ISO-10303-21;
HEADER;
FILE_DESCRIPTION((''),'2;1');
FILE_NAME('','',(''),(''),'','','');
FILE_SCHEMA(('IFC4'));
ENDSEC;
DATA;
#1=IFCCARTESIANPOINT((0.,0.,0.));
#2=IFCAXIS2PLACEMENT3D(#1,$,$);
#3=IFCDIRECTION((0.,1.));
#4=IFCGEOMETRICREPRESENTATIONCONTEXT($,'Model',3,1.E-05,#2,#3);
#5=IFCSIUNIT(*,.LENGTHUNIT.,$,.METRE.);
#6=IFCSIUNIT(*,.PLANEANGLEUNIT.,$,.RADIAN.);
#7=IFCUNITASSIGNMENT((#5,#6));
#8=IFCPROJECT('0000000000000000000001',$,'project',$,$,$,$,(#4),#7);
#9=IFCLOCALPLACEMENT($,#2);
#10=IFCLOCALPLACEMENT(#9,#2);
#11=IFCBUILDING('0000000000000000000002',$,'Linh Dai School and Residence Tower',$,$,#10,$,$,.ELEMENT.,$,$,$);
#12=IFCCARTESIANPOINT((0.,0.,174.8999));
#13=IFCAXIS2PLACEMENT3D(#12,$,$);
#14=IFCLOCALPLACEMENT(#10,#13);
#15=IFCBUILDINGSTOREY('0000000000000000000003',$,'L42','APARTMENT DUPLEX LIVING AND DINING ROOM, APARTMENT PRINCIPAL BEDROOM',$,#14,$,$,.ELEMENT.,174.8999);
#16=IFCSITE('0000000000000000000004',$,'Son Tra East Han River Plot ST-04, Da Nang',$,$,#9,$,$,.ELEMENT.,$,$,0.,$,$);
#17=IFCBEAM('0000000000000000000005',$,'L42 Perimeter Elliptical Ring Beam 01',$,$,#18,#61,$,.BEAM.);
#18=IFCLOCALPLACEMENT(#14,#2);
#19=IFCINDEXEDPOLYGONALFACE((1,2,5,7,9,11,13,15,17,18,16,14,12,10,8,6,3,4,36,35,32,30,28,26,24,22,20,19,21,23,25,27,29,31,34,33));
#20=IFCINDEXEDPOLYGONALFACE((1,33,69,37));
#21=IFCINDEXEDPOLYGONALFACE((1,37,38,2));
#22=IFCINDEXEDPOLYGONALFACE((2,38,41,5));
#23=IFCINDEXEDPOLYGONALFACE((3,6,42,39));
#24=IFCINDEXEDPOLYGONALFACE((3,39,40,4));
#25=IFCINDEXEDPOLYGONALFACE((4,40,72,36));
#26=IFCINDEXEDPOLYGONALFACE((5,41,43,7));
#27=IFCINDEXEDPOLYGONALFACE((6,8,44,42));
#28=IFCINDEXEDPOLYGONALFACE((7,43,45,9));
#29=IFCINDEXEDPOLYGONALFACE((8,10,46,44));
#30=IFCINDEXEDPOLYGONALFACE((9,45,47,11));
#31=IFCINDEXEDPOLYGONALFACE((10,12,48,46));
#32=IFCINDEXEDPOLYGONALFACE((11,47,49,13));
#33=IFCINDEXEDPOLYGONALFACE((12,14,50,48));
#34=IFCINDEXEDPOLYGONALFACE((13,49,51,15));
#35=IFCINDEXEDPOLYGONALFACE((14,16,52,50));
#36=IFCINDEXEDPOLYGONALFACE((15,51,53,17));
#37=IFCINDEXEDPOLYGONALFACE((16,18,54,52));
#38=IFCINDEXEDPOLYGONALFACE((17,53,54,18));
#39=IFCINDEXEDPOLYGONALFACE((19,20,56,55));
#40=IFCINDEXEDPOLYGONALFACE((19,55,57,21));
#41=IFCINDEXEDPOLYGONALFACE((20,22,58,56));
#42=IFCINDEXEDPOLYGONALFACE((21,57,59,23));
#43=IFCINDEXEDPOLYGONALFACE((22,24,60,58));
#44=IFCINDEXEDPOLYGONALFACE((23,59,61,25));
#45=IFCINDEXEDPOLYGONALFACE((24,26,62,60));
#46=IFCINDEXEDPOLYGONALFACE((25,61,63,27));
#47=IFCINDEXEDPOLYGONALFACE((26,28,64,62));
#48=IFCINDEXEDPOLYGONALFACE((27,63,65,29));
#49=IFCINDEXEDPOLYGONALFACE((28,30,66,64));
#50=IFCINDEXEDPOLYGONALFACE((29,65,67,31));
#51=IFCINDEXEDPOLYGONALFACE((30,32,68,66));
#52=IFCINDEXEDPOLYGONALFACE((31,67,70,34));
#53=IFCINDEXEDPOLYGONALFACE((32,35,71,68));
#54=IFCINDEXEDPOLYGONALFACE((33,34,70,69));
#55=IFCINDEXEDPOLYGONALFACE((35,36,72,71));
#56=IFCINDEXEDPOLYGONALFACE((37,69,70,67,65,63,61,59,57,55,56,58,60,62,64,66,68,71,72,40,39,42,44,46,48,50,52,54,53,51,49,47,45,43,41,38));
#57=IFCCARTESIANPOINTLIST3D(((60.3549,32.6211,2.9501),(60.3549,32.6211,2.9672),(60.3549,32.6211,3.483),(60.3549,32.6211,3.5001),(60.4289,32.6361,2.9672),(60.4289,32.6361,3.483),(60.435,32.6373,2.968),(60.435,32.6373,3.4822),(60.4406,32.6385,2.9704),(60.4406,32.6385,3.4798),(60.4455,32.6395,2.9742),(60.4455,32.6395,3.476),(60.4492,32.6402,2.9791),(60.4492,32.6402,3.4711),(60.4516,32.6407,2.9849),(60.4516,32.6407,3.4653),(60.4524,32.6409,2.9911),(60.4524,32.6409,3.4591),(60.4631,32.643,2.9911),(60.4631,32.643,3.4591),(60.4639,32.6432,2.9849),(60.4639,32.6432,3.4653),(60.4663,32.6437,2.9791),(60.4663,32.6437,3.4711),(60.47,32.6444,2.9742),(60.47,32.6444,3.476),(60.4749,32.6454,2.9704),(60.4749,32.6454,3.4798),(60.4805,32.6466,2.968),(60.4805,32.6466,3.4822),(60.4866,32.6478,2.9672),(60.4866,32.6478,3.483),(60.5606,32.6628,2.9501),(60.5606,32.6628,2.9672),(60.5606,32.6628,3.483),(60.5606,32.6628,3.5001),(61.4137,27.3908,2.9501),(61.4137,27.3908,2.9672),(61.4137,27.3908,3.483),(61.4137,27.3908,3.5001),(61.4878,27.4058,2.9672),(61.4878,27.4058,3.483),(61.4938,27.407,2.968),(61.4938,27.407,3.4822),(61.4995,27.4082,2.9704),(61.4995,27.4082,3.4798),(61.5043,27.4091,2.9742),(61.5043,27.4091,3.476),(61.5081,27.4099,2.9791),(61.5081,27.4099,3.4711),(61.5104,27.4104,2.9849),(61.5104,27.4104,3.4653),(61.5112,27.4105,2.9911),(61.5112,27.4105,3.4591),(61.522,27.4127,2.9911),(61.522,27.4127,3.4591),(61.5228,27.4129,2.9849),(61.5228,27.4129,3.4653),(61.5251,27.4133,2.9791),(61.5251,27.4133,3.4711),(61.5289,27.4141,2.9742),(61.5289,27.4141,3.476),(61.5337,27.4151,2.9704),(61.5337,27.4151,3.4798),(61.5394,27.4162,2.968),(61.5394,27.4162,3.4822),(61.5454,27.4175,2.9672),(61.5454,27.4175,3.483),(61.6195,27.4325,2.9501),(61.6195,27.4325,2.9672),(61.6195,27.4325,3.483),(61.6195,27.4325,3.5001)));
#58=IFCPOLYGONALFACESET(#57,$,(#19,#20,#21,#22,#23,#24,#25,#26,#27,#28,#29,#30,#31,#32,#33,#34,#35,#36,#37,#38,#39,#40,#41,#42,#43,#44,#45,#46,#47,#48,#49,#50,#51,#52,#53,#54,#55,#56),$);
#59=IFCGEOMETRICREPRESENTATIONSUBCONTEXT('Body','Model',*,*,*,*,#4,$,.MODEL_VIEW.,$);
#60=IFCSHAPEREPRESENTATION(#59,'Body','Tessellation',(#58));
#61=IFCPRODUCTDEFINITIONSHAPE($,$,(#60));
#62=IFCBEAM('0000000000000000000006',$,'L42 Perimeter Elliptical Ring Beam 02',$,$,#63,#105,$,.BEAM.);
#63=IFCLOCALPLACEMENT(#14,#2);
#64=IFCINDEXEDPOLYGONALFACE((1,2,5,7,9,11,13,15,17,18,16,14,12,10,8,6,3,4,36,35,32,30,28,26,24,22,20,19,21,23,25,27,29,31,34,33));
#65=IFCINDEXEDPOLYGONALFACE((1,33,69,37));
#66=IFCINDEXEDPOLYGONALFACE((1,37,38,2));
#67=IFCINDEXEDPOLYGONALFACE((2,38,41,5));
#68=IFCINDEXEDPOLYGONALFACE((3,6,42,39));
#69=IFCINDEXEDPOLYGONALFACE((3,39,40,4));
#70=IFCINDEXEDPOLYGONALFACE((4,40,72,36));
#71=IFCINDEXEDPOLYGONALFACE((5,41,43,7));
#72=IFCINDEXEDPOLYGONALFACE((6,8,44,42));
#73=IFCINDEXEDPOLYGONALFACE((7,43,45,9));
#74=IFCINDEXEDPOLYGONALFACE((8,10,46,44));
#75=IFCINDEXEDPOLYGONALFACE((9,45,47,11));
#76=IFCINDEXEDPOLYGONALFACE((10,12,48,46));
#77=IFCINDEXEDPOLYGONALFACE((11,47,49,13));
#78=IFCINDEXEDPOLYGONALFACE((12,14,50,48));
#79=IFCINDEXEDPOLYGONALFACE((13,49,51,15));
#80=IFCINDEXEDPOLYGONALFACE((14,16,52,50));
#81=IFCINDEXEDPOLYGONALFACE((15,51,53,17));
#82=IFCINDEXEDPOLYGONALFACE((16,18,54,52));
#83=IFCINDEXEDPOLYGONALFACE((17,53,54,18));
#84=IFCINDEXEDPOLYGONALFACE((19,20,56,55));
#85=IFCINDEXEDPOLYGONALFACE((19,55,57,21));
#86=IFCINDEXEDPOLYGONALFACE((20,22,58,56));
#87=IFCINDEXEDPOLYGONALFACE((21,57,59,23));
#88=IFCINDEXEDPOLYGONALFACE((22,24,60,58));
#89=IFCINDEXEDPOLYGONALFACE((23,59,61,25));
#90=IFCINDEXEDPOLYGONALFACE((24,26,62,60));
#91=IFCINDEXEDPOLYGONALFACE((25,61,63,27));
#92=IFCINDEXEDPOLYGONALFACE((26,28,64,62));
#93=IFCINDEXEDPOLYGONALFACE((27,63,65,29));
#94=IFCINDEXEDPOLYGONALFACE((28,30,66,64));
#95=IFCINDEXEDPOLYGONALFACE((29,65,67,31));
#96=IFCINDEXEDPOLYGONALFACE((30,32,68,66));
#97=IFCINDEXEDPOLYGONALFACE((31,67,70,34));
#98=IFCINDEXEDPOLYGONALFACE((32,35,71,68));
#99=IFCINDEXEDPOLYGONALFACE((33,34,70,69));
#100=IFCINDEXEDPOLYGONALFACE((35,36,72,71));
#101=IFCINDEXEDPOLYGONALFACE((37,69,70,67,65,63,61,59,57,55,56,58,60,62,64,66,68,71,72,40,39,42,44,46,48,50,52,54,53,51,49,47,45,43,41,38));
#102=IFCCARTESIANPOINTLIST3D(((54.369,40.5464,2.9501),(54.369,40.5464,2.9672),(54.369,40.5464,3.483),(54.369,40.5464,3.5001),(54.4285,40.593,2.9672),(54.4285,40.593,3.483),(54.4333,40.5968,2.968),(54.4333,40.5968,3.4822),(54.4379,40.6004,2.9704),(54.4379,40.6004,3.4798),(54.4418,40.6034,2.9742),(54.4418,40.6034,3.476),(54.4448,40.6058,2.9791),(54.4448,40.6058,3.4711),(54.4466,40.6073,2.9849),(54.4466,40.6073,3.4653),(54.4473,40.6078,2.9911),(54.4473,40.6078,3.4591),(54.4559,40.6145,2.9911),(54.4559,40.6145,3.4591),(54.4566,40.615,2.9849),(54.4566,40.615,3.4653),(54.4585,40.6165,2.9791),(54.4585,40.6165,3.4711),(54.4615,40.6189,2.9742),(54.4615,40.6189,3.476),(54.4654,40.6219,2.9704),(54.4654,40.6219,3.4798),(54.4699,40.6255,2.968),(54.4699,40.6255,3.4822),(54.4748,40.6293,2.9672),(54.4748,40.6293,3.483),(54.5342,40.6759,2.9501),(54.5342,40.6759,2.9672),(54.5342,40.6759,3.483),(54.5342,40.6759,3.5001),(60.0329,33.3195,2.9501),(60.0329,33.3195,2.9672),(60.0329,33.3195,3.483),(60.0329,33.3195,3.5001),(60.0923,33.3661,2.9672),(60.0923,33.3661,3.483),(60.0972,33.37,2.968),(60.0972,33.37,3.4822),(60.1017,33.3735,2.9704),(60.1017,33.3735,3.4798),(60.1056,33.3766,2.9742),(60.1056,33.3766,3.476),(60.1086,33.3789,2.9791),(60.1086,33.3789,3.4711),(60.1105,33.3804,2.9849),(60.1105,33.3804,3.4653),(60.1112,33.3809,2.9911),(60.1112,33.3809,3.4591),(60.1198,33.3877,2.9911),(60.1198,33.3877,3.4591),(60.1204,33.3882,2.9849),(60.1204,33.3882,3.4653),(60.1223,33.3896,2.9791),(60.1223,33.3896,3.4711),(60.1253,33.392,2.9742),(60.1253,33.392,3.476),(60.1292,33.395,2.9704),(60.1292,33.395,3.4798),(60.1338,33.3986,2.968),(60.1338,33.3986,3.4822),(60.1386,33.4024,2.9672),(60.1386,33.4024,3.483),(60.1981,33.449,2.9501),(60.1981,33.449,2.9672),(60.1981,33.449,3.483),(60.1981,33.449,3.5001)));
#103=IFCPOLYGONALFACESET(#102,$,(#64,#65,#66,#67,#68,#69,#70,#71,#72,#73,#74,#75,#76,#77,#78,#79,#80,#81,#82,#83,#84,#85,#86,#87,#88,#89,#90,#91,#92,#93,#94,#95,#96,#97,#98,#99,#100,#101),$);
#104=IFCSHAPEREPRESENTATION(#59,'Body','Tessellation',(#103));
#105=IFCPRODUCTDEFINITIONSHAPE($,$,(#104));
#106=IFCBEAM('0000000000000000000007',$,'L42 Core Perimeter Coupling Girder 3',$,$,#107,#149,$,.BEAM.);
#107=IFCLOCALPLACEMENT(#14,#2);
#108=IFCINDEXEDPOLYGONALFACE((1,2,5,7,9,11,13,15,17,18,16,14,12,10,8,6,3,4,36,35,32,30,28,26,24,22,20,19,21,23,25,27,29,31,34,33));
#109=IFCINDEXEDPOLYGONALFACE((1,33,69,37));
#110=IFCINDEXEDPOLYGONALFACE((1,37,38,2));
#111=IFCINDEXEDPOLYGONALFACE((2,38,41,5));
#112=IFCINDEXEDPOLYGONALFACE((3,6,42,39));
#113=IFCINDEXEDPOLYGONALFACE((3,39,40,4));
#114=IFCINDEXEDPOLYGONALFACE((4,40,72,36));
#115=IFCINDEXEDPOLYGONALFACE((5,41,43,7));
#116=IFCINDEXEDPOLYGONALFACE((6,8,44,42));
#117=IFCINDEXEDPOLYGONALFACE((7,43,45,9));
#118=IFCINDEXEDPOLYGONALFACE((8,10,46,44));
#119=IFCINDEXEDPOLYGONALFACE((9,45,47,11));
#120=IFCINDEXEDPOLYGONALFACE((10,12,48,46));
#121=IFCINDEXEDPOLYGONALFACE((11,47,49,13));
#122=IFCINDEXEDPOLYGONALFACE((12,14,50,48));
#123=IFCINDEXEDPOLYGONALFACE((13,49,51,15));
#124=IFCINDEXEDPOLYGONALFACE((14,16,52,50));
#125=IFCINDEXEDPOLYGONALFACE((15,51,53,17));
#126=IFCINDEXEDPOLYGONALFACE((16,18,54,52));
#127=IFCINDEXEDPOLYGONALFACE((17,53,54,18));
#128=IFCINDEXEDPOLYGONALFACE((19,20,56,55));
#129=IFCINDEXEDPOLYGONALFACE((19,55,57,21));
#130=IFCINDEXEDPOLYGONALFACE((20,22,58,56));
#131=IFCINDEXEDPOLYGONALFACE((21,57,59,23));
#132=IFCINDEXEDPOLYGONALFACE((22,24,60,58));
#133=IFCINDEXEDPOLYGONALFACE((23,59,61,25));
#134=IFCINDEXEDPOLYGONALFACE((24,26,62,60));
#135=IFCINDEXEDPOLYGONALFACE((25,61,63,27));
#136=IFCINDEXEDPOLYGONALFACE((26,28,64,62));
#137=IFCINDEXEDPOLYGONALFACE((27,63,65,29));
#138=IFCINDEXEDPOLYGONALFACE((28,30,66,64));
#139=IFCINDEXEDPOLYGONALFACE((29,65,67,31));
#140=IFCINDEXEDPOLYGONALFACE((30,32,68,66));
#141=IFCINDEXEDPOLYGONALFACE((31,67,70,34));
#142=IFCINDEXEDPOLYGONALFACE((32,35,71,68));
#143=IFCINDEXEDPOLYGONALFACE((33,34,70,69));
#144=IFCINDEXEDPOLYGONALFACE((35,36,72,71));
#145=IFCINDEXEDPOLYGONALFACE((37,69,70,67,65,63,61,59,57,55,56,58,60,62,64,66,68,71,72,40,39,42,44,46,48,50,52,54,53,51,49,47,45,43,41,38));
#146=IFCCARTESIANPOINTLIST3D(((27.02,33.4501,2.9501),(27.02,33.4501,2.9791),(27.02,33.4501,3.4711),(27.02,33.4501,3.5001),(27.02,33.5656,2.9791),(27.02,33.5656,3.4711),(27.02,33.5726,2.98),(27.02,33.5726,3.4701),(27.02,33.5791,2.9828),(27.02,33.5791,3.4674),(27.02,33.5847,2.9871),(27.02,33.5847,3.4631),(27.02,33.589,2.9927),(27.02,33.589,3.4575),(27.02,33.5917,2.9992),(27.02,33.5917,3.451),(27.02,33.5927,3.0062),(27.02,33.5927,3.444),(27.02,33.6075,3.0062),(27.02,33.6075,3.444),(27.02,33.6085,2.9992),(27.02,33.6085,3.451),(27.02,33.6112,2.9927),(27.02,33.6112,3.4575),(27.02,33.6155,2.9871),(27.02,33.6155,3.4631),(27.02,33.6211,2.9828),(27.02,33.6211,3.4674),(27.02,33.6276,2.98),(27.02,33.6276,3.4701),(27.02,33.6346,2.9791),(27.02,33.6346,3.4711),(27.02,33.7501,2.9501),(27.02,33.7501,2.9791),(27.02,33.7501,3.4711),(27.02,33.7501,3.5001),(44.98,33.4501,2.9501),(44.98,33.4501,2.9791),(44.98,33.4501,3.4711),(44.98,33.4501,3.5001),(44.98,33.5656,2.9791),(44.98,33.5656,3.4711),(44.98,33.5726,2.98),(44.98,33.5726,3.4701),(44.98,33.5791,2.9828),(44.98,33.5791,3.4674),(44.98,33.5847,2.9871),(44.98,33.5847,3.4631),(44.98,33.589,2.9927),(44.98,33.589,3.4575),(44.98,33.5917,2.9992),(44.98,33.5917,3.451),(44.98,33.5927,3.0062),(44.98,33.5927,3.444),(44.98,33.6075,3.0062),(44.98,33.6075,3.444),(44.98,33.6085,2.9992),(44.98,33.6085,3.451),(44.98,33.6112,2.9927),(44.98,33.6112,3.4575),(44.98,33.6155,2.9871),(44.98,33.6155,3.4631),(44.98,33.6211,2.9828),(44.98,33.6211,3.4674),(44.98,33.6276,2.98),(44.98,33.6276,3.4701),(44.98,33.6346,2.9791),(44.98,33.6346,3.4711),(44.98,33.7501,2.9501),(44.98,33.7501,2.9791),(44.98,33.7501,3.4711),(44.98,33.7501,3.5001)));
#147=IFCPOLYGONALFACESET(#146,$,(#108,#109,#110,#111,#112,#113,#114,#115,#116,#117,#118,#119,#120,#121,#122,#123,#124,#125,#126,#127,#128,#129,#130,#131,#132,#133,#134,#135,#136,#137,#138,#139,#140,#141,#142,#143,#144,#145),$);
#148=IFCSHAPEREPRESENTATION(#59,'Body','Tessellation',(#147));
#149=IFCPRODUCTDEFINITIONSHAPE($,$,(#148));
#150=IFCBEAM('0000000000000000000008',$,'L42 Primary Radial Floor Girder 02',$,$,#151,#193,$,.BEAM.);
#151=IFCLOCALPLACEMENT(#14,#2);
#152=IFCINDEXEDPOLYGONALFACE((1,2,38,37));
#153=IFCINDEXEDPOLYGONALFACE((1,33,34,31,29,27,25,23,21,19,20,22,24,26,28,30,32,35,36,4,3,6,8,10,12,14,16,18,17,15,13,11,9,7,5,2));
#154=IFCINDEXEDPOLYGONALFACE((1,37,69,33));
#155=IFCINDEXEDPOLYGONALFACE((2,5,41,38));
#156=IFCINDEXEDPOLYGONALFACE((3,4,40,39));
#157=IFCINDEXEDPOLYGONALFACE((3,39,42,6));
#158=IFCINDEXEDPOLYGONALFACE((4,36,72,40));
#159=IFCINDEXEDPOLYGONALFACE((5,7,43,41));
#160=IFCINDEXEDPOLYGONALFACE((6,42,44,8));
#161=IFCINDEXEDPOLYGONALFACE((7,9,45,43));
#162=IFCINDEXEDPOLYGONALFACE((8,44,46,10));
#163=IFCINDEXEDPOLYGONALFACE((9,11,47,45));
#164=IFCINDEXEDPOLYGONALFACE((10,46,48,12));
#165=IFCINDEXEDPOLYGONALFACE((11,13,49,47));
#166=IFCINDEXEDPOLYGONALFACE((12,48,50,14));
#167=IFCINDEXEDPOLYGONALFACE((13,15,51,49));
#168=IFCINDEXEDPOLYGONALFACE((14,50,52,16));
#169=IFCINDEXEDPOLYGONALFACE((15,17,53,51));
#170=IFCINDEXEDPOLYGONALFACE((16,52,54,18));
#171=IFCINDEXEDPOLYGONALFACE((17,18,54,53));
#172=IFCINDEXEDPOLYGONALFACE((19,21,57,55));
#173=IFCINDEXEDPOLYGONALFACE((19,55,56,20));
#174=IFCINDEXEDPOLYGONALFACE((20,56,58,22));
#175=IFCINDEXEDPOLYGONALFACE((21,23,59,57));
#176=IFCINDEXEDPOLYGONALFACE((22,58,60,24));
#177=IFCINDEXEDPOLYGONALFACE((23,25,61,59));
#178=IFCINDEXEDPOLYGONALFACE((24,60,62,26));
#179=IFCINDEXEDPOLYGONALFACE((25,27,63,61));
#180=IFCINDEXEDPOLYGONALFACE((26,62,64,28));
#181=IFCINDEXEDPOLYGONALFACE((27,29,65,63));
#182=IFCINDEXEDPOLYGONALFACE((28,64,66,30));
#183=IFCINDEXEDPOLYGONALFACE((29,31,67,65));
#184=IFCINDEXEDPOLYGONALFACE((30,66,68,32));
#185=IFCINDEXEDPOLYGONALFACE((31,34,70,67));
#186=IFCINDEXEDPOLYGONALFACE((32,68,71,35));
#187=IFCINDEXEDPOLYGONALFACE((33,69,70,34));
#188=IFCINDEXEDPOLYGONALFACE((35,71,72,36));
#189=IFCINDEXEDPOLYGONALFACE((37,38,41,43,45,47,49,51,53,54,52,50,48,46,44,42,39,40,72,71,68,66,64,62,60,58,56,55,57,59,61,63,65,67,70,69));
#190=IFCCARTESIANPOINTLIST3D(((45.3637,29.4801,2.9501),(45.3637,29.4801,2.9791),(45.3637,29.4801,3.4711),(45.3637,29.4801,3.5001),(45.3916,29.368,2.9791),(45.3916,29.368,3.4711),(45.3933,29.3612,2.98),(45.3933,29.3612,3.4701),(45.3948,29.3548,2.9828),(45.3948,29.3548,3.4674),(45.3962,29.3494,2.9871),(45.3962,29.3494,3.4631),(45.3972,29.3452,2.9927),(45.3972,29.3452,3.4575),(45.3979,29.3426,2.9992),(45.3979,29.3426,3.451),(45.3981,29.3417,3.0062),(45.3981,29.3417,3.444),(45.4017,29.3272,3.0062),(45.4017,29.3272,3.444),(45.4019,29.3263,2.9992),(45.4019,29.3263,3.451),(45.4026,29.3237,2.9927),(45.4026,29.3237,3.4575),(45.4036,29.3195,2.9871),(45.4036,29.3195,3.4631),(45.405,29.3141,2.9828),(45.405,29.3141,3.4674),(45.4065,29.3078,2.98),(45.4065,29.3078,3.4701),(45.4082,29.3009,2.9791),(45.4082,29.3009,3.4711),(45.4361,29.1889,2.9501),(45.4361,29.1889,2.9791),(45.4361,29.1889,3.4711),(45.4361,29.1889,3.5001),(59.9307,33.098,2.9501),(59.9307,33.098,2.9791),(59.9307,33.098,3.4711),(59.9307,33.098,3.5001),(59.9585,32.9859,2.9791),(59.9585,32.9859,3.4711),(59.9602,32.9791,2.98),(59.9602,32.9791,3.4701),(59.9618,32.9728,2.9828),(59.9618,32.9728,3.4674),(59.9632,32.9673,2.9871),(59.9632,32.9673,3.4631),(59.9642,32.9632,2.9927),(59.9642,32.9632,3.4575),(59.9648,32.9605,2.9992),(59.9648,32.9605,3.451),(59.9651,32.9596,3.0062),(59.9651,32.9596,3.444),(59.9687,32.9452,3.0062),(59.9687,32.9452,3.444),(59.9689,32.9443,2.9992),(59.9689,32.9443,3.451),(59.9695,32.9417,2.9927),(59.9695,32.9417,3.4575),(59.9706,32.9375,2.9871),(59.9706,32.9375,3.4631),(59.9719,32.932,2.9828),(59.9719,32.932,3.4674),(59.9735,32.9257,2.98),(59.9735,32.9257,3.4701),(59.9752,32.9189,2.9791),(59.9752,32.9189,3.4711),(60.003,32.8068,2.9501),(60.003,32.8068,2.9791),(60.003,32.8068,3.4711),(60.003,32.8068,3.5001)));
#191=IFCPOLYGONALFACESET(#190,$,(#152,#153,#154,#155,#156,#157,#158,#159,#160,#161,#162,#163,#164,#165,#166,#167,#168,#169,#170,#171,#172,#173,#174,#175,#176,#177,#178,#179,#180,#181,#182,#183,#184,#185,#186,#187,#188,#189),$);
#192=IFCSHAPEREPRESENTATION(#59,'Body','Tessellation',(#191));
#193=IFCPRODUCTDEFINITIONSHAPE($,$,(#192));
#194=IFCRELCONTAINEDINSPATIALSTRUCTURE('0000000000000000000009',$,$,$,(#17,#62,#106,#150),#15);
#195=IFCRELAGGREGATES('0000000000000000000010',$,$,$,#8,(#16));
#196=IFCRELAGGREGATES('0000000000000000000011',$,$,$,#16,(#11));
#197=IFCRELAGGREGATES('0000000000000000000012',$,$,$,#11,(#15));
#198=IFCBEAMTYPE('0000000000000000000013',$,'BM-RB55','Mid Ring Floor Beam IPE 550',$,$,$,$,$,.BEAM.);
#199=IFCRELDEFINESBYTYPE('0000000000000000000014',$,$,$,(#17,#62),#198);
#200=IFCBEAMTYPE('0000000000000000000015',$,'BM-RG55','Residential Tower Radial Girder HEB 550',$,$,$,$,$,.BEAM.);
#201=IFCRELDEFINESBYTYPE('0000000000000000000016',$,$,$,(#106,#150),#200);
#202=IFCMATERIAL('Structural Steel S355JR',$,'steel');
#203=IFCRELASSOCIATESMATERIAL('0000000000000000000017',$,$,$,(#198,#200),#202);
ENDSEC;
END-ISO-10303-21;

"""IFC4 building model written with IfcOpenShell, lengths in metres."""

from ifc_helpers import new_model, si_unit, direction, frame, origin, origin_2d, place, context, subcontext, project, spatial, i_section, extrude, material, material_profile, profile_set, type_object, element, save


model = new_model("IFC4")

# Units and contexts
model_context = context("Model", 3, precision=1e-05, world=origin(), true_north=direction((0.0, 1.0)))
body_context = subcontext(model_context, "Body", "Model", "MODEL_VIEW")
ifc_project = project(units=[si_unit("LENGTHUNIT", "METRE"), si_unit("PLANEANGLEUNIT", "RADIAN")], contexts=[model_context])

# Site, building, storey
site_placement = place(None, origin())
site = spatial("IfcSite", under=ifc_project, at=site_placement, Name="Son Tra East Han River Plot ST-04, Da Nang", CompositionType="ELEMENT", RefElevation=0.0)
building_placement = place(site_placement, origin())
building = spatial("IfcBuilding", under=site, at=building_placement, Name="Linh Dai School and Residence Tower", CompositionType="ELEMENT")
storey_placement = place(building_placement, frame((0.0, 0.0, 174.8999)))
storey = spatial("IfcBuildingStorey", under=building, at=storey_placement, Name="L42", Description="APARTMENT DUPLEX LIVING AND DINING ROOM, APARTMENT PRINCIPAL BEDROOM", CompositionType="ELEMENT", Elevation=174.8999)

# Shared definitions
ifc_material_1 = material(Name="Structural Steel S355JR", Category="steel")

# Beams
ifc_material_profile_1 = material_profile(ifc_material_1, i_section(OverallWidth=0.21, OverallDepth=0.55, WebThickness=0.011, FlangeThickness=0.0171, FilletRadius=0.0239, at=origin_2d()), Name="IPE 550")
ifc_profile_set_1 = profile_set([ifc_material_profile_1], Name="Structural Steel S355JR")
beam_type_1 = type_object("IfcBeamType", Name="BM-RB55", Description="Mid Ring Floor Beam IPE 550", PredefinedType="BEAM", material=ifc_profile_set_1)
beam_1_placement = place(storey_placement, frame((61.5166, 27.4116, 3.2251), z_axis=(-0.198421, 0.980117, 0.0), x_axis=(-0.980117, -0.198421, 0.0)))
element("IfcBeam", 1, at=beam_1_placement, inside=storey, type_object=beam_type_1, Name="L42 Perimeter Elliptical Ring Beam 01", PredefinedType="BEAM", context=body_context, shape_type="SweptSolid", body=[
    extrude(i_section(OverallWidth=0.21, OverallDepth=0.55, WebThickness=0.011, FlangeThickness=0.0171, FilletRadius=0.0239, at=origin_2d()), origin(), (0.0, 0.0, 1.0), 5.3364),
])
beam_2_placement = place(storey_placement, frame((60.1155, 33.3843, 3.2251), z_axis=(-0.616852, 0.787079, 0.0), x_axis=(-0.787079, -0.616852, 0.0)))
element("IfcBeam", 2, at=beam_2_placement, inside=storey, type_object=beam_type_1, Name="L42 Perimeter Elliptical Ring Beam 02", PredefinedType="BEAM", context=body_context, shape_type="SweptSolid", body=[
    extrude(i_section(OverallWidth=0.21, OverallDepth=0.55, WebThickness=0.011, FlangeThickness=0.0171, FilletRadius=0.0239, at=origin_2d()), origin(), (0.0, 0.0, 1.0), 9.1819),
])
ifc_material_profile_2 = material_profile(ifc_material_1, i_section(OverallWidth=0.3, OverallDepth=0.55, WebThickness=0.0149, FlangeThickness=0.0291, FilletRadius=0.0271, at=origin_2d()), Name="HEB 550")
ifc_profile_set_2 = profile_set([ifc_material_profile_2], Name="Structural Steel S355JR")
beam_type_2 = type_object("IfcBeamType", Name="BM-RG55", Description="Residential Tower Radial Girder HEB 550", PredefinedType="BEAM", material=ifc_profile_set_2)
beam_3_placement = place(storey_placement, frame((44.98, 33.6001, 3.2251), z_axis=(-1.0, 0.0, 0.0), x_axis=(0.0, -1.0, 0.0)))
element("IfcBeam", 3, at=beam_3_placement, inside=storey, type_object=beam_type_2, Name="L42 Core Perimeter Coupling Girder 3", PredefinedType="BEAM", context=body_context, shape_type="SweptSolid", body=[
    extrude(i_section(OverallWidth=0.3, OverallDepth=0.55, WebThickness=0.0149, FlangeThickness=0.0291, FilletRadius=0.0271, at=origin_2d()), origin(), (0.0, 0.0, 1.0), 17.96),
])
beam_4_placement = place(storey_placement, frame((45.3999, 29.3345, 3.2251), z_axis=(0.970515, 0.241043, 0.0), x_axis=(-0.241043, 0.970515, 0.0)))
element("IfcBeam", 4, at=beam_4_placement, inside=storey, type_object=beam_type_2, Name="L42 Primary Radial Floor Girder 02", PredefinedType="BEAM", context=body_context, shape_type="SweptSolid", body=[
    extrude(i_section(OverallWidth=0.3, OverallDepth=0.55, WebThickness=0.0149, FlangeThickness=0.0291, FilletRadius=0.0271, at=origin_2d()), origin(), (0.0, 0.0, 1.0), 15.0095),
])

save(model, "model.ifc")
